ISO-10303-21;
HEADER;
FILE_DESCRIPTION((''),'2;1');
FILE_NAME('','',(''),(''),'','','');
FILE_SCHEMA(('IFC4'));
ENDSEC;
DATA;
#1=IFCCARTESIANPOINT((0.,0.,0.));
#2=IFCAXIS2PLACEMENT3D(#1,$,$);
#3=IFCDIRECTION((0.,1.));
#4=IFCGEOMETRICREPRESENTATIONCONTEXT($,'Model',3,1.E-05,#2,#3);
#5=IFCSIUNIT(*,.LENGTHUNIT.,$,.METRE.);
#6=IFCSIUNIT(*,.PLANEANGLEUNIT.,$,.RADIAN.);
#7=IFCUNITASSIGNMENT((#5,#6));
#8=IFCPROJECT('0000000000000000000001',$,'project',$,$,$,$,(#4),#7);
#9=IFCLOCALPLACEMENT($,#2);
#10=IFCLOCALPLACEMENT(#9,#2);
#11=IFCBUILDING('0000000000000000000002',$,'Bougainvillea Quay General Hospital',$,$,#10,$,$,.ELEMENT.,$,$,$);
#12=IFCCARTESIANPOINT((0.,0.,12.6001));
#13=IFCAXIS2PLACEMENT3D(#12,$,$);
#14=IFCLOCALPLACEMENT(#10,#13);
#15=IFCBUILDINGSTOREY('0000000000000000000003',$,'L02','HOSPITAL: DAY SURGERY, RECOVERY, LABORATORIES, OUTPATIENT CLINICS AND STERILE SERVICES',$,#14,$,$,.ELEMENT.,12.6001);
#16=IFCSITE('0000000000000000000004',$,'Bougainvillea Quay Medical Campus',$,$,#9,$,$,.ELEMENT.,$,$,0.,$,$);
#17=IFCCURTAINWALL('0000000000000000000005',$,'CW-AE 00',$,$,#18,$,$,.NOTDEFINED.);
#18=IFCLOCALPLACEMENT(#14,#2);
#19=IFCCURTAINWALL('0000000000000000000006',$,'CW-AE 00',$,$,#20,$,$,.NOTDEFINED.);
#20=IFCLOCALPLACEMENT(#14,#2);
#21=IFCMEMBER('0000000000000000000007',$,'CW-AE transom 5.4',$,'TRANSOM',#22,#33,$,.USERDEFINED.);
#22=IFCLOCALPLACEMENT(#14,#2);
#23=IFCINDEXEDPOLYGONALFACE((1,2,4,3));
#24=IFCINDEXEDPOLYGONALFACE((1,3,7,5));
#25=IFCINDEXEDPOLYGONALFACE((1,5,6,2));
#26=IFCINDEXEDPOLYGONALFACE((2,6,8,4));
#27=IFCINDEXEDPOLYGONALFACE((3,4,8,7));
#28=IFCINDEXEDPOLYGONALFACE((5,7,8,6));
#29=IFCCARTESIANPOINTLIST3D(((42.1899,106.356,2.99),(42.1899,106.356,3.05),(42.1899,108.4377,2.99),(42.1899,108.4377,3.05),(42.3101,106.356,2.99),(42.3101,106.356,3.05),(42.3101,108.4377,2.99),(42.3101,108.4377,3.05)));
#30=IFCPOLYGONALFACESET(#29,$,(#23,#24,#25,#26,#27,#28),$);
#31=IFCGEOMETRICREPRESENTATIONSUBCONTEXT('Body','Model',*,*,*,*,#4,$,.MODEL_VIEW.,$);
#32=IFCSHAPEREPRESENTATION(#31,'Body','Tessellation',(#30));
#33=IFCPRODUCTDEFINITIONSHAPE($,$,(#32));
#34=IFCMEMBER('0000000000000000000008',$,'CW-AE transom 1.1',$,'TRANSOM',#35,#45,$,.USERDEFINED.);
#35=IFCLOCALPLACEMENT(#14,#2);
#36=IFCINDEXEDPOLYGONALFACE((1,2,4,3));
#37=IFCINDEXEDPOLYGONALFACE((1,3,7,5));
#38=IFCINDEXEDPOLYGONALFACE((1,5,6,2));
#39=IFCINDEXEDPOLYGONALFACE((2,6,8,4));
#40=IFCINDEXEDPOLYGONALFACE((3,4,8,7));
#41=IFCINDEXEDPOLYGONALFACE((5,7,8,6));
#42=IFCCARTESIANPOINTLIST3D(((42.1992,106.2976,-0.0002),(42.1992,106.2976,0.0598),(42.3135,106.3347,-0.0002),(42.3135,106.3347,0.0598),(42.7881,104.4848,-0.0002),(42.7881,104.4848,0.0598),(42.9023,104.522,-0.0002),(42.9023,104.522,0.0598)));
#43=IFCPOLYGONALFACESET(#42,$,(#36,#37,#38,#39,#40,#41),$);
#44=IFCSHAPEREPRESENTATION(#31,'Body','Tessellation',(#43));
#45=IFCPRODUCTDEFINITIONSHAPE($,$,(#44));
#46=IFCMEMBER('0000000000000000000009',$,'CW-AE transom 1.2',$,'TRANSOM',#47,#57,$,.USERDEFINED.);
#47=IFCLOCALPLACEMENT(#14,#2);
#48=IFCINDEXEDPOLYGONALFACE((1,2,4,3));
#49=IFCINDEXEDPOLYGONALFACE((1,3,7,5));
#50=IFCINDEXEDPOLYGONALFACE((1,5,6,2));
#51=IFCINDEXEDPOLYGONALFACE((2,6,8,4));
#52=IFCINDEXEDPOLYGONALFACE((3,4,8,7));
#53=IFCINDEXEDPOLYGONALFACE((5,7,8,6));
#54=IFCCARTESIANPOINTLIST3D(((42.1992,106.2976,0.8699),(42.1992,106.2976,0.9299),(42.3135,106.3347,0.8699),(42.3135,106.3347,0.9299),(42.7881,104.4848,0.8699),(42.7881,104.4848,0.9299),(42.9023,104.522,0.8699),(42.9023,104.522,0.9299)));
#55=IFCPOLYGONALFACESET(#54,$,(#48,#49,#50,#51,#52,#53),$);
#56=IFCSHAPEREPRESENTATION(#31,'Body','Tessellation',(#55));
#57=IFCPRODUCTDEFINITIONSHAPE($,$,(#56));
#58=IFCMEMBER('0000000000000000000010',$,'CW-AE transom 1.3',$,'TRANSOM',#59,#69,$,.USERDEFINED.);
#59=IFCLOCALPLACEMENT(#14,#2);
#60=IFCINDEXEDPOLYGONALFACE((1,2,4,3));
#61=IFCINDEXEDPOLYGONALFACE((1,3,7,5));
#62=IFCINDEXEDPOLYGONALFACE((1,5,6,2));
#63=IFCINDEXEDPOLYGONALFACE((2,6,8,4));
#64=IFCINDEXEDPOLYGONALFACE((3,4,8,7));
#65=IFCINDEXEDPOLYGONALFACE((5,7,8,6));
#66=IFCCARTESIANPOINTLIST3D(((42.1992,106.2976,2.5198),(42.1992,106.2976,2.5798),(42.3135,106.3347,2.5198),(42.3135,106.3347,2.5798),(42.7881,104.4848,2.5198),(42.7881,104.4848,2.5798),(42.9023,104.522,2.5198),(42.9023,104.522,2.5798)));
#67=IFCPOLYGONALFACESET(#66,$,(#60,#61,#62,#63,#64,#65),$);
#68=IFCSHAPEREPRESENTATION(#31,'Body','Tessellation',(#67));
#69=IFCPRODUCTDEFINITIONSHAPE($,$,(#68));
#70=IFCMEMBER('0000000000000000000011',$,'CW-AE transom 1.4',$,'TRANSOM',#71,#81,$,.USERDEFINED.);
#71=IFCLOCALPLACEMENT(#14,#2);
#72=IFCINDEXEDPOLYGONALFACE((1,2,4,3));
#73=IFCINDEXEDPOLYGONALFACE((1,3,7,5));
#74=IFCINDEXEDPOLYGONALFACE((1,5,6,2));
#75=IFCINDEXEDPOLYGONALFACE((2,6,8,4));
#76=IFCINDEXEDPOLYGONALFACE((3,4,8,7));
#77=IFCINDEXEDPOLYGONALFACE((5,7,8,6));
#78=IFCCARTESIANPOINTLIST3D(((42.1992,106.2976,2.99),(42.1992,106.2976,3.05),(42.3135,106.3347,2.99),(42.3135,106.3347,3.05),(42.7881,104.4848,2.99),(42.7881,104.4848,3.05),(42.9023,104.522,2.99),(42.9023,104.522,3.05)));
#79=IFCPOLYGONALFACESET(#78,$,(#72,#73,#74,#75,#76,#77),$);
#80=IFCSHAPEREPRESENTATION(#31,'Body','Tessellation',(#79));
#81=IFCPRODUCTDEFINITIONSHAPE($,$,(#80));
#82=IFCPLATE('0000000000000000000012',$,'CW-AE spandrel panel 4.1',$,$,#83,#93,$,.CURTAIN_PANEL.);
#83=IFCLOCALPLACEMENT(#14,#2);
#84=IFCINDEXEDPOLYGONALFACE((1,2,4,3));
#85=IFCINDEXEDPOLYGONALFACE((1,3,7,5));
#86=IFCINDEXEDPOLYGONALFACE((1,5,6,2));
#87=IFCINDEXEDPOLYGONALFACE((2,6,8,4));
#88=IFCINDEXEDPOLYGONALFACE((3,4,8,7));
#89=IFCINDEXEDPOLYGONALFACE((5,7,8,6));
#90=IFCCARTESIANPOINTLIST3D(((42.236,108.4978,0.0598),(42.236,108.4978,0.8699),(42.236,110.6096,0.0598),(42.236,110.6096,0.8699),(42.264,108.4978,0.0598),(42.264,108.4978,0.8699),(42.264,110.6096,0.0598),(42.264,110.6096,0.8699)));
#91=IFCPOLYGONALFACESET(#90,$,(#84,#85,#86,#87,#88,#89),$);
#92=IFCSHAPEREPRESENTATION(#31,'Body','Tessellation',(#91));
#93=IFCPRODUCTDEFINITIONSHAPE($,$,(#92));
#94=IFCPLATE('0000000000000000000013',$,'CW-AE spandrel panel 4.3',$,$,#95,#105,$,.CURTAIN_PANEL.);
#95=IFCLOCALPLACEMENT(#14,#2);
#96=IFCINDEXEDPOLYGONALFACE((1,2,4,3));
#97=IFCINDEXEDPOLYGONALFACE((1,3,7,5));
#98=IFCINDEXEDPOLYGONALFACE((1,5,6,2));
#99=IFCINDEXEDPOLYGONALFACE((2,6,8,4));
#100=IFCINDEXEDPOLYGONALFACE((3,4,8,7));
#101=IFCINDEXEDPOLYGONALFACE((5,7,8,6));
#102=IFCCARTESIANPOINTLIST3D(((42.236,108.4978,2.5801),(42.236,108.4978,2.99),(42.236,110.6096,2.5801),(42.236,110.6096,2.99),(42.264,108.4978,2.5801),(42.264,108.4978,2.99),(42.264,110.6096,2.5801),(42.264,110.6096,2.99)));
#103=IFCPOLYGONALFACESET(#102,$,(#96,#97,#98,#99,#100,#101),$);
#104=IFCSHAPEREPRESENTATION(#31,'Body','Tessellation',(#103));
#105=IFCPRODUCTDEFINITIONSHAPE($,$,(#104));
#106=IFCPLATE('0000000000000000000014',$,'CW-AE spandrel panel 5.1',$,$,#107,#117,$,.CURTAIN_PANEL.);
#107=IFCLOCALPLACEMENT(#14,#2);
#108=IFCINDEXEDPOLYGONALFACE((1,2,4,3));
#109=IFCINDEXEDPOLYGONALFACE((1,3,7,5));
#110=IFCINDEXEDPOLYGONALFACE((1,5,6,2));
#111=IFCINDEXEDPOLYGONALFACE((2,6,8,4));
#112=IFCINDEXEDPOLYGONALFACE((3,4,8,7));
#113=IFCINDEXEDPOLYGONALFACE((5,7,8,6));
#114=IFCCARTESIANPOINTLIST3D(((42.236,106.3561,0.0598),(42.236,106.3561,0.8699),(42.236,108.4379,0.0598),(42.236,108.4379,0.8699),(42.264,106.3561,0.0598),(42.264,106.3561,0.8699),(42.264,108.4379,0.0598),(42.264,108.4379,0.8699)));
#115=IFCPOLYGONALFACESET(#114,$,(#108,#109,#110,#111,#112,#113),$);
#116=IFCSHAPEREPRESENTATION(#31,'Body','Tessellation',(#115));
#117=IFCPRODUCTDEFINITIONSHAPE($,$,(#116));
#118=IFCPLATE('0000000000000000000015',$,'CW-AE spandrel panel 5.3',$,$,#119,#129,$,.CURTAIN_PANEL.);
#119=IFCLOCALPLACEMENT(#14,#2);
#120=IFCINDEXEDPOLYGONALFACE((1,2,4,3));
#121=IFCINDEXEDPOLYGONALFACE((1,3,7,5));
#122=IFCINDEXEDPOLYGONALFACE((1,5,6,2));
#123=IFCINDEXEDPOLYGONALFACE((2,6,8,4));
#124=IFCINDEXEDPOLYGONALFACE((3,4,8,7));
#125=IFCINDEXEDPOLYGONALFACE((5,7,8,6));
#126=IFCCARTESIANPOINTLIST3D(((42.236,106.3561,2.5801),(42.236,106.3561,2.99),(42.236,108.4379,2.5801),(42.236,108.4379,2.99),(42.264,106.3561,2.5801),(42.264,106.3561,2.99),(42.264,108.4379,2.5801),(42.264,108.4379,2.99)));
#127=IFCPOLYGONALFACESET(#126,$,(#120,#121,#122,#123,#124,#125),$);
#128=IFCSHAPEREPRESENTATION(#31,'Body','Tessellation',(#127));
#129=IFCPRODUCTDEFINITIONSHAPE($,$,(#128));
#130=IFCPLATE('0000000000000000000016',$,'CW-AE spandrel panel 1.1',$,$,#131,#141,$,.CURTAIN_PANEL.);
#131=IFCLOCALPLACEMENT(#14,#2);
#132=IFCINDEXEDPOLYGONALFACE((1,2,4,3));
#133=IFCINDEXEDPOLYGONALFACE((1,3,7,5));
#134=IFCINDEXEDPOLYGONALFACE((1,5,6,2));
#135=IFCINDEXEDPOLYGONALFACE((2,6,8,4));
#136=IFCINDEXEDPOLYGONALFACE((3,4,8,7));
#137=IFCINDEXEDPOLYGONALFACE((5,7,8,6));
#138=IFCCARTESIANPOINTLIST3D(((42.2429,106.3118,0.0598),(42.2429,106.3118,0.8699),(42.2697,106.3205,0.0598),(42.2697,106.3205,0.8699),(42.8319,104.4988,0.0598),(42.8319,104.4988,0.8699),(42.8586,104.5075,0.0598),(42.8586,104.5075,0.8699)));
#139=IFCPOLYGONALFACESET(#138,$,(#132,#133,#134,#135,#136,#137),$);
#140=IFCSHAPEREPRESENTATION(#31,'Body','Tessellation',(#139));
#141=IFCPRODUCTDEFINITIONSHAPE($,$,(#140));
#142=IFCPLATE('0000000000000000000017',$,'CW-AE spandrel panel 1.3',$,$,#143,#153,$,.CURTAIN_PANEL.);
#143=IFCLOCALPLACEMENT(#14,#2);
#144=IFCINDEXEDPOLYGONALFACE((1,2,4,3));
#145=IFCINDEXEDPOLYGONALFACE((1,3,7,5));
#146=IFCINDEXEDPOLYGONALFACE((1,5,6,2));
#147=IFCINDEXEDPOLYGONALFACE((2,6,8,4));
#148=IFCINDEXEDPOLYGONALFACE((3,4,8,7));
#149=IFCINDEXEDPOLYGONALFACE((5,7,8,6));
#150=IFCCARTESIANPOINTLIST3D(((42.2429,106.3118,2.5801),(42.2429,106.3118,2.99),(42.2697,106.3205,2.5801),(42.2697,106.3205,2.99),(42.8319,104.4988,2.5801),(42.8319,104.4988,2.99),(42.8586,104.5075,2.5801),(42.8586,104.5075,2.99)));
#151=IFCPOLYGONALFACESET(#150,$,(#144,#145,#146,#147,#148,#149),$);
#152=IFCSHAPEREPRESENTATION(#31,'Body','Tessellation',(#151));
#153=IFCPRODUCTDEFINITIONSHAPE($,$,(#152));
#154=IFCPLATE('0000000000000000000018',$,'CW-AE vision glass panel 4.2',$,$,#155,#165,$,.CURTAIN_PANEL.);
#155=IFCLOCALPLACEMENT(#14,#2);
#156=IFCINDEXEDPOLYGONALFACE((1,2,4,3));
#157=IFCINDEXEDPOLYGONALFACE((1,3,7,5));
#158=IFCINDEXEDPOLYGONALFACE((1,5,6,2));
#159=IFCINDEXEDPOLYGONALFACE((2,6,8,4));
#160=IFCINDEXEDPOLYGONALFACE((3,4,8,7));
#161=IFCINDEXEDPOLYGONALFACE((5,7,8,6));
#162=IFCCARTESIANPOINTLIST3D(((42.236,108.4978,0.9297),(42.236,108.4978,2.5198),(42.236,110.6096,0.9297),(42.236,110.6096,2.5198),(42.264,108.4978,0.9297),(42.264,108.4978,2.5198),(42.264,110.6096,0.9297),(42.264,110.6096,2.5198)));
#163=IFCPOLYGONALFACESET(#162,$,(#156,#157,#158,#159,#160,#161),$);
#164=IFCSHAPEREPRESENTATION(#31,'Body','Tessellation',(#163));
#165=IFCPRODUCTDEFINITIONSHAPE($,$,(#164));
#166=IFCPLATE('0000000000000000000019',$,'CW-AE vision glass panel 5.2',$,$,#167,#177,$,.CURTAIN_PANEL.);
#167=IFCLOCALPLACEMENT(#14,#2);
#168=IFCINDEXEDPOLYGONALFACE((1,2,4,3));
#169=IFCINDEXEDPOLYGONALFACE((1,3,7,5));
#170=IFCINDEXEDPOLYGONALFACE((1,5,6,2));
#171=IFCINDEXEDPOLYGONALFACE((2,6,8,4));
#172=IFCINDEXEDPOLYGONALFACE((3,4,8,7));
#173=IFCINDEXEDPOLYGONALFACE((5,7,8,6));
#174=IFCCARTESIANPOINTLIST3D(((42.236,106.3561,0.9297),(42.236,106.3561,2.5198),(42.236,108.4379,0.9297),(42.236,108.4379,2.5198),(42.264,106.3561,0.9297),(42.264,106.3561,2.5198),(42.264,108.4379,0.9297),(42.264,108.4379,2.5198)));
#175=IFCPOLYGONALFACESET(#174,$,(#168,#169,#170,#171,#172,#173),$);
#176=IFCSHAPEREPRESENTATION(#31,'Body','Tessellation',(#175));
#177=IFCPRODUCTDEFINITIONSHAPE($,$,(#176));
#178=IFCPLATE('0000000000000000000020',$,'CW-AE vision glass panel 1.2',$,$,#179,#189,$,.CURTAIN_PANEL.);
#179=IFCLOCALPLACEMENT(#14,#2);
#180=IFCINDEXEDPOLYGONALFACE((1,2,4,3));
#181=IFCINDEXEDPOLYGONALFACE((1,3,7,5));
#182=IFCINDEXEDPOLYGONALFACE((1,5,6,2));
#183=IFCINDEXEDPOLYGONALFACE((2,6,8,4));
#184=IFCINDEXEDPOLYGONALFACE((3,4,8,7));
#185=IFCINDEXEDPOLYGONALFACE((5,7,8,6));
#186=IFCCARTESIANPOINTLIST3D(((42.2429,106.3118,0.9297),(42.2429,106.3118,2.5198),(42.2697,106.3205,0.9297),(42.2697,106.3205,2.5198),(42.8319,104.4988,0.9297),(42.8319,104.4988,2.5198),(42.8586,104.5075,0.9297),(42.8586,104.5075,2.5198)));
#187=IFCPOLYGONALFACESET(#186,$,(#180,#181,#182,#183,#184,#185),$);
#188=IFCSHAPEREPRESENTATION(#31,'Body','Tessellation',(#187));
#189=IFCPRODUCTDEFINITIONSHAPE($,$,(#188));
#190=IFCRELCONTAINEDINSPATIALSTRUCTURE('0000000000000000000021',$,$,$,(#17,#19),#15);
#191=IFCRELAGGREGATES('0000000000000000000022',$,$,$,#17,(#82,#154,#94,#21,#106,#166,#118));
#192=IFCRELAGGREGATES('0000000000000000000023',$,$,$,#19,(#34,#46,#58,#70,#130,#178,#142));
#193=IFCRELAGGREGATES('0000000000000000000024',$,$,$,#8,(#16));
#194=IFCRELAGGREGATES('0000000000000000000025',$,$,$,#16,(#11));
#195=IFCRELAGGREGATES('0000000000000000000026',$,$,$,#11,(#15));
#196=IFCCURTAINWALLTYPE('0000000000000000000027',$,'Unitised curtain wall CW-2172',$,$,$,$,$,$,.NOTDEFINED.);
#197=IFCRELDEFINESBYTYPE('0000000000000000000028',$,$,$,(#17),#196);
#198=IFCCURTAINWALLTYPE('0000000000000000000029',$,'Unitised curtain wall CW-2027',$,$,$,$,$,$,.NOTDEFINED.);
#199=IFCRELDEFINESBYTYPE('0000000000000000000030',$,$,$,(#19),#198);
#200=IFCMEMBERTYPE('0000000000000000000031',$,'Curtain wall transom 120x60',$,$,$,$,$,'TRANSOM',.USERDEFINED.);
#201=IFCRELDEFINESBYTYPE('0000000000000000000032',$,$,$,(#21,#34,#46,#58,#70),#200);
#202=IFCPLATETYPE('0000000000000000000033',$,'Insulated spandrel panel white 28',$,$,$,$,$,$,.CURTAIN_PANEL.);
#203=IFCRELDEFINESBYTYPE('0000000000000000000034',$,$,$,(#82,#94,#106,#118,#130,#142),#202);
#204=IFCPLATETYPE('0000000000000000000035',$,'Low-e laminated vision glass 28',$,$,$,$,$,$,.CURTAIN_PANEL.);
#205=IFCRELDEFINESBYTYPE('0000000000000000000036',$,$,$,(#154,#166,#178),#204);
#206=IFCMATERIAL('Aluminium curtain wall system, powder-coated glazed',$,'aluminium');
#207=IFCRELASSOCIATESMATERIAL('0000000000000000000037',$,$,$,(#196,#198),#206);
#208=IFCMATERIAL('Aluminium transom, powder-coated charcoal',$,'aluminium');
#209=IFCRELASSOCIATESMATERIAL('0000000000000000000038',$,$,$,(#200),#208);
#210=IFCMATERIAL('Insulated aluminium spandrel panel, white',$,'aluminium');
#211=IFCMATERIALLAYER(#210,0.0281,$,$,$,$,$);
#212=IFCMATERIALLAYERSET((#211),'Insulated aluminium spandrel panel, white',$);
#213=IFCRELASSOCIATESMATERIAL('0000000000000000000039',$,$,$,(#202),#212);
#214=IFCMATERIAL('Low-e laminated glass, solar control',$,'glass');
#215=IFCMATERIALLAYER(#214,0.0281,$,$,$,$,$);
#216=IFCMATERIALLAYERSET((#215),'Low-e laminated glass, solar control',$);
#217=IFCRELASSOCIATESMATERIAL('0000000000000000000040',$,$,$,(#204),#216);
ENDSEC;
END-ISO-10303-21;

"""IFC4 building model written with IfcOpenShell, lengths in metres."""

from ifc_helpers import new_model, si_unit, direction, frame, origin, origin_2d, place, context, subcontext, project, spatial, rectangle, extrude, material, layer, layer_set, material_profile, profile_set, type_object, element, aggregate, save


model = new_model("IFC4")

# Units and contexts
model_context = context("Model", 3, precision=1e-05, world=origin(), true_north=direction((0.0, 1.0)))
body_context = subcontext(model_context, "Body", "Model", "MODEL_VIEW")
ifc_project = project(units=[si_unit("LENGTHUNIT", "METRE"), si_unit("PLANEANGLEUNIT", "RADIAN")], contexts=[model_context])

# Site, building, storey
site_placement = place(None, origin())
site = spatial("IfcSite", under=ifc_project, at=site_placement, Name="Bougainvillea Quay Medical Campus", CompositionType="ELEMENT", RefElevation=0.0)
building_placement = place(site_placement, origin())
building = spatial("IfcBuilding", under=site, at=building_placement, Name="Bougainvillea Quay General Hospital", CompositionType="ELEMENT")
storey_placement = place(building_placement, frame((0.0, 0.0, 12.6001)))
storey = spatial("IfcBuildingStorey", under=building, at=storey_placement, Name="L02", Description="HOSPITAL: DAY SURGERY, RECOVERY, LABORATORIES, OUTPATIENT CLINICS AND STERILE SERVICES", CompositionType="ELEMENT", Elevation=12.6001)

# Curtain walls
ifc_material_1 = material(Name="Aluminium curtain wall system, powder-coated glazed", Category="aluminium")
curtain_wall_type_1 = type_object("IfcCurtainWallType", Name="Unitised curtain wall CW-2172", PredefinedType="NOTDEFINED", material=ifc_material_1)
curtain_wall_1_placement = place(storey_placement, origin())
curtain_wall_1 = element("IfcCurtainWall", 1, at=curtain_wall_1_placement, inside=storey, type_object=curtain_wall_type_1, Name="CW-AE 00", PredefinedType="NOTDEFINED")
curtain_wall_type_2 = type_object("IfcCurtainWallType", Name="Unitised curtain wall CW-2027", PredefinedType="NOTDEFINED", material=ifc_material_1)
curtain_wall_2_placement = place(storey_placement, origin())
curtain_wall_2 = element("IfcCurtainWall", 2, at=curtain_wall_2_placement, inside=storey, type_object=curtain_wall_type_2, Name="CW-AE 00", PredefinedType="NOTDEFINED")

# Members
ifc_material_2 = material(Name="Aluminium transom, powder-coated charcoal", Category="aluminium")
ifc_material_profile_1 = material_profile(ifc_material_2, rectangle(XDim=0.1201, YDim=0.0601, at=origin_2d()))
ifc_profile_set_1 = profile_set([ifc_material_profile_1], Name="Aluminium transom, powder-coated charcoal")
member_type_1 = type_object("IfcMemberType", Name="Curtain wall transom 120x60", ElementType="TRANSOM", PredefinedType="USERDEFINED", material=ifc_profile_set_1)
member_1_placement = place(storey_placement, frame((42.25, 108.4377, 3.02), z_axis=(0.0, -1.0, 0.0), x_axis=(1.0, 0.0, 0.0)))
member_1 = element("IfcMember", 3, at=member_1_placement, type_object=member_type_1, Name="CW-AE transom 5.4", ObjectType="TRANSOM", PredefinedType="USERDEFINED", context=body_context, shape_type="SweptSolid", body=[
    extrude(rectangle(XDim=0.1201, YDim=0.0601, at=origin_2d()), origin(), (0.0, 0.0, 1.0), 2.0818),
])
member_2_placement = place(storey_placement, frame((42.2563, 106.3162, 0.0298), z_axis=(0.308956, -0.951076, 0.0), x_axis=(0.951076, 0.308956, 0.0)))
member_2 = element("IfcMember", 4, at=member_2_placement, type_object=member_type_1, Name="CW-AE transom 1.1", ObjectType="TRANSOM", PredefinedType="USERDEFINED", context=body_context, shape_type="SweptSolid", body=[
    extrude(rectangle(XDim=0.1201, YDim=0.0601, at=origin_2d()), origin(), (0.0, 0.0, 1.0), 1.906),
])
member_3_placement = place(storey_placement, frame((42.2563, 106.3162, 0.8999), z_axis=(0.308956, -0.951076, 0.0), x_axis=(0.951076, 0.308956, 0.0)))
member_3 = element("IfcMember", 5, at=member_3_placement, type_object=member_type_1, Name="CW-AE transom 1.2", ObjectType="TRANSOM", PredefinedType="USERDEFINED", context=body_context, shape_type="SweptSolid", body=[
    extrude(rectangle(XDim=0.1201, YDim=0.0601, at=origin_2d()), origin(), (0.0, 0.0, 1.0), 1.906),
])
member_4_placement = place(storey_placement, frame((42.2563, 106.3162, 2.5498), z_axis=(0.308956, -0.951076, 0.0), x_axis=(0.951076, 0.308956, 0.0)))
member_4 = element("IfcMember", 6, at=member_4_placement, type_object=member_type_1, Name="CW-AE transom 1.3", ObjectType="TRANSOM", PredefinedType="USERDEFINED", context=body_context, shape_type="SweptSolid", body=[
    extrude(rectangle(XDim=0.1201, YDim=0.0601, at=origin_2d()), origin(), (0.0, 0.0, 1.0), 1.906),
])
member_5_placement = place(storey_placement, frame((42.2563, 106.3162, 3.02), z_axis=(0.308956, -0.951076, 0.0), x_axis=(0.951076, 0.308956, 0.0)))
member_5 = element("IfcMember", 7, at=member_5_placement, type_object=member_type_1, Name="CW-AE transom 1.4", ObjectType="TRANSOM", PredefinedType="USERDEFINED", context=body_context, shape_type="SweptSolid", body=[
    extrude(rectangle(XDim=0.1201, YDim=0.0601, at=origin_2d()), origin(), (0.0, 0.0, 1.0), 1.906),
])

# Plates
ifc_material_3 = material(Name="Insulated aluminium spandrel panel, white", Category="aluminium")
ifc_layer_1 = layer(ifc_material_3, 0.0281)
ifc_layer_set_1 = layer_set([ifc_layer_1], Name="Insulated aluminium spandrel panel, white")
plate_type_1 = type_object("IfcPlateType", Name="Insulated spandrel panel white 28", PredefinedType="CURTAIN_PANEL", material=ifc_layer_set_1)
plate_1_placement = place(storey_placement, frame((42.25, 109.5537, 0.0598), z_axis=(0.0, 0.0, 1.0), x_axis=(0.0, -1.0, 0.0)))
plate_1 = element("IfcPlate", 8, at=plate_1_placement, type_object=plate_type_1, Name="CW-AE spandrel panel 4.1", PredefinedType="CURTAIN_PANEL", context=body_context, shape_type="SweptSolid", body=[
    extrude(rectangle(XDim=2.1118, YDim=0.0281, at=origin_2d()), origin(), (0.0, 0.0, 1.0), 0.8101),
])
plate_2_placement = place(storey_placement, frame((42.25, 109.5537, 2.5801), z_axis=(0.0, 0.0, 1.0), x_axis=(0.0, -1.0, 0.0)))
plate_2 = element("IfcPlate", 9, at=plate_2_placement, type_object=plate_type_1, Name="CW-AE spandrel panel 4.3", PredefinedType="CURTAIN_PANEL", context=body_context, shape_type="SweptSolid", body=[
    extrude(rectangle(XDim=2.1118, YDim=0.0281, at=origin_2d()), origin(), (0.0, 0.0, 1.0), 0.4099),
])
plate_3_placement = place(storey_placement, frame((42.25, 107.397, 0.0598), z_axis=(0.0, 0.0, 1.0), x_axis=(0.0, -1.0, 0.0)))
plate_3 = element("IfcPlate", 10, at=plate_3_placement, type_object=plate_type_1, Name="CW-AE spandrel panel 5.1", PredefinedType="CURTAIN_PANEL", context=body_context, shape_type="SweptSolid", body=[
    extrude(rectangle(XDim=2.0818, YDim=0.0281, at=origin_2d()), origin(), (0.0, 0.0, 1.0), 0.8101),
])
plate_4_placement = place(storey_placement, frame((42.25, 107.397, 2.5801), z_axis=(0.0, 0.0, 1.0), x_axis=(0.0, -1.0, 0.0)))
plate_4 = element("IfcPlate", 11, at=plate_4_placement, type_object=plate_type_1, Name="CW-AE spandrel panel 5.3", PredefinedType="CURTAIN_PANEL", context=body_context, shape_type="SweptSolid", body=[
    extrude(rectangle(XDim=2.0818, YDim=0.0281, at=origin_2d()), origin(), (0.0, 0.0, 1.0), 0.4099),
])
plate_5_placement = place(storey_placement, frame((42.5508, 105.4097, 0.0598), z_axis=(0.0, 0.0, 1.0), x_axis=(0.308963, -0.951074, 0.0)))
plate_5 = element("IfcPlate", 12, at=plate_5_placement, type_object=plate_type_1, Name="CW-AE spandrel panel 1.1", PredefinedType="CURTAIN_PANEL", context=body_context, shape_type="SweptSolid", body=[
    extrude(rectangle(XDim=1.9062, YDim=0.0281, at=origin_2d()), origin(), (0.0, 0.0, 1.0), 0.8101),
])
plate_6_placement = place(storey_placement, frame((42.5508, 105.4097, 2.5801), z_axis=(0.0, 0.0, 1.0), x_axis=(0.308963, -0.951074, 0.0)))
plate_6 = element("IfcPlate", 13, at=plate_6_placement, type_object=plate_type_1, Name="CW-AE spandrel panel 1.3", PredefinedType="CURTAIN_PANEL", context=body_context, shape_type="SweptSolid", body=[
    extrude(rectangle(XDim=1.9062, YDim=0.0281, at=origin_2d()), origin(), (0.0, 0.0, 1.0), 0.4099),
])
ifc_material_4 = material(Name="Low-e laminated glass, solar control", Category="glass")
ifc_layer_2 = layer(ifc_material_4, 0.0281)
ifc_layer_set_2 = layer_set([ifc_layer_2], Name="Low-e laminated glass, solar control")
plate_type_2 = type_object("IfcPlateType", Name="Low-e laminated vision glass 28", PredefinedType="CURTAIN_PANEL", material=ifc_layer_set_2)
plate_7_placement = place(storey_placement, frame((42.25, 109.5537, 0.9297), z_axis=(0.0, 0.0, 1.0), x_axis=(0.0, -1.0, 0.0)))
plate_7 = element("IfcPlate", 14, at=plate_7_placement, type_object=plate_type_2, Name="CW-AE vision glass panel 4.2", PredefinedType="CURTAIN_PANEL", context=body_context, shape_type="SweptSolid", body=[
    extrude(rectangle(XDim=2.1118, YDim=0.0281, at=origin_2d()), origin(), (0.0, 0.0, 1.0), 1.5901),
])
plate_8_placement = place(storey_placement, frame((42.25, 107.397, 0.9297), z_axis=(0.0, 0.0, 1.0), x_axis=(0.0, -1.0, 0.0)))
plate_8 = element("IfcPlate", 15, at=plate_8_placement, type_object=plate_type_2, Name="CW-AE vision glass panel 5.2", PredefinedType="CURTAIN_PANEL", context=body_context, shape_type="SweptSolid", body=[
    extrude(rectangle(XDim=2.0818, YDim=0.0281, at=origin_2d()), origin(), (0.0, 0.0, 1.0), 1.5901),
])
aggregate(curtain_wall_1, [plate_1, plate_7, plate_2, member_1, plate_3, plate_8, plate_4])
plate_9_placement = place(storey_placement, frame((42.5508, 105.4097, 0.9297), z_axis=(0.0, 0.0, 1.0), x_axis=(0.308963, -0.951074, 0.0)))
plate_9 = element("IfcPlate", 16, at=plate_9_placement, type_object=plate_type_2, Name="CW-AE vision glass panel 1.2", PredefinedType="CURTAIN_PANEL", context=body_context, shape_type="SweptSolid", body=[
    extrude(rectangle(XDim=1.9062, YDim=0.0281, at=origin_2d()), origin(), (0.0, 0.0, 1.0), 1.5901),
])
aggregate(curtain_wall_2, [member_2, member_3, member_4, member_5, plate_5, plate_9, plate_6])

save(model, "model.ifc")
